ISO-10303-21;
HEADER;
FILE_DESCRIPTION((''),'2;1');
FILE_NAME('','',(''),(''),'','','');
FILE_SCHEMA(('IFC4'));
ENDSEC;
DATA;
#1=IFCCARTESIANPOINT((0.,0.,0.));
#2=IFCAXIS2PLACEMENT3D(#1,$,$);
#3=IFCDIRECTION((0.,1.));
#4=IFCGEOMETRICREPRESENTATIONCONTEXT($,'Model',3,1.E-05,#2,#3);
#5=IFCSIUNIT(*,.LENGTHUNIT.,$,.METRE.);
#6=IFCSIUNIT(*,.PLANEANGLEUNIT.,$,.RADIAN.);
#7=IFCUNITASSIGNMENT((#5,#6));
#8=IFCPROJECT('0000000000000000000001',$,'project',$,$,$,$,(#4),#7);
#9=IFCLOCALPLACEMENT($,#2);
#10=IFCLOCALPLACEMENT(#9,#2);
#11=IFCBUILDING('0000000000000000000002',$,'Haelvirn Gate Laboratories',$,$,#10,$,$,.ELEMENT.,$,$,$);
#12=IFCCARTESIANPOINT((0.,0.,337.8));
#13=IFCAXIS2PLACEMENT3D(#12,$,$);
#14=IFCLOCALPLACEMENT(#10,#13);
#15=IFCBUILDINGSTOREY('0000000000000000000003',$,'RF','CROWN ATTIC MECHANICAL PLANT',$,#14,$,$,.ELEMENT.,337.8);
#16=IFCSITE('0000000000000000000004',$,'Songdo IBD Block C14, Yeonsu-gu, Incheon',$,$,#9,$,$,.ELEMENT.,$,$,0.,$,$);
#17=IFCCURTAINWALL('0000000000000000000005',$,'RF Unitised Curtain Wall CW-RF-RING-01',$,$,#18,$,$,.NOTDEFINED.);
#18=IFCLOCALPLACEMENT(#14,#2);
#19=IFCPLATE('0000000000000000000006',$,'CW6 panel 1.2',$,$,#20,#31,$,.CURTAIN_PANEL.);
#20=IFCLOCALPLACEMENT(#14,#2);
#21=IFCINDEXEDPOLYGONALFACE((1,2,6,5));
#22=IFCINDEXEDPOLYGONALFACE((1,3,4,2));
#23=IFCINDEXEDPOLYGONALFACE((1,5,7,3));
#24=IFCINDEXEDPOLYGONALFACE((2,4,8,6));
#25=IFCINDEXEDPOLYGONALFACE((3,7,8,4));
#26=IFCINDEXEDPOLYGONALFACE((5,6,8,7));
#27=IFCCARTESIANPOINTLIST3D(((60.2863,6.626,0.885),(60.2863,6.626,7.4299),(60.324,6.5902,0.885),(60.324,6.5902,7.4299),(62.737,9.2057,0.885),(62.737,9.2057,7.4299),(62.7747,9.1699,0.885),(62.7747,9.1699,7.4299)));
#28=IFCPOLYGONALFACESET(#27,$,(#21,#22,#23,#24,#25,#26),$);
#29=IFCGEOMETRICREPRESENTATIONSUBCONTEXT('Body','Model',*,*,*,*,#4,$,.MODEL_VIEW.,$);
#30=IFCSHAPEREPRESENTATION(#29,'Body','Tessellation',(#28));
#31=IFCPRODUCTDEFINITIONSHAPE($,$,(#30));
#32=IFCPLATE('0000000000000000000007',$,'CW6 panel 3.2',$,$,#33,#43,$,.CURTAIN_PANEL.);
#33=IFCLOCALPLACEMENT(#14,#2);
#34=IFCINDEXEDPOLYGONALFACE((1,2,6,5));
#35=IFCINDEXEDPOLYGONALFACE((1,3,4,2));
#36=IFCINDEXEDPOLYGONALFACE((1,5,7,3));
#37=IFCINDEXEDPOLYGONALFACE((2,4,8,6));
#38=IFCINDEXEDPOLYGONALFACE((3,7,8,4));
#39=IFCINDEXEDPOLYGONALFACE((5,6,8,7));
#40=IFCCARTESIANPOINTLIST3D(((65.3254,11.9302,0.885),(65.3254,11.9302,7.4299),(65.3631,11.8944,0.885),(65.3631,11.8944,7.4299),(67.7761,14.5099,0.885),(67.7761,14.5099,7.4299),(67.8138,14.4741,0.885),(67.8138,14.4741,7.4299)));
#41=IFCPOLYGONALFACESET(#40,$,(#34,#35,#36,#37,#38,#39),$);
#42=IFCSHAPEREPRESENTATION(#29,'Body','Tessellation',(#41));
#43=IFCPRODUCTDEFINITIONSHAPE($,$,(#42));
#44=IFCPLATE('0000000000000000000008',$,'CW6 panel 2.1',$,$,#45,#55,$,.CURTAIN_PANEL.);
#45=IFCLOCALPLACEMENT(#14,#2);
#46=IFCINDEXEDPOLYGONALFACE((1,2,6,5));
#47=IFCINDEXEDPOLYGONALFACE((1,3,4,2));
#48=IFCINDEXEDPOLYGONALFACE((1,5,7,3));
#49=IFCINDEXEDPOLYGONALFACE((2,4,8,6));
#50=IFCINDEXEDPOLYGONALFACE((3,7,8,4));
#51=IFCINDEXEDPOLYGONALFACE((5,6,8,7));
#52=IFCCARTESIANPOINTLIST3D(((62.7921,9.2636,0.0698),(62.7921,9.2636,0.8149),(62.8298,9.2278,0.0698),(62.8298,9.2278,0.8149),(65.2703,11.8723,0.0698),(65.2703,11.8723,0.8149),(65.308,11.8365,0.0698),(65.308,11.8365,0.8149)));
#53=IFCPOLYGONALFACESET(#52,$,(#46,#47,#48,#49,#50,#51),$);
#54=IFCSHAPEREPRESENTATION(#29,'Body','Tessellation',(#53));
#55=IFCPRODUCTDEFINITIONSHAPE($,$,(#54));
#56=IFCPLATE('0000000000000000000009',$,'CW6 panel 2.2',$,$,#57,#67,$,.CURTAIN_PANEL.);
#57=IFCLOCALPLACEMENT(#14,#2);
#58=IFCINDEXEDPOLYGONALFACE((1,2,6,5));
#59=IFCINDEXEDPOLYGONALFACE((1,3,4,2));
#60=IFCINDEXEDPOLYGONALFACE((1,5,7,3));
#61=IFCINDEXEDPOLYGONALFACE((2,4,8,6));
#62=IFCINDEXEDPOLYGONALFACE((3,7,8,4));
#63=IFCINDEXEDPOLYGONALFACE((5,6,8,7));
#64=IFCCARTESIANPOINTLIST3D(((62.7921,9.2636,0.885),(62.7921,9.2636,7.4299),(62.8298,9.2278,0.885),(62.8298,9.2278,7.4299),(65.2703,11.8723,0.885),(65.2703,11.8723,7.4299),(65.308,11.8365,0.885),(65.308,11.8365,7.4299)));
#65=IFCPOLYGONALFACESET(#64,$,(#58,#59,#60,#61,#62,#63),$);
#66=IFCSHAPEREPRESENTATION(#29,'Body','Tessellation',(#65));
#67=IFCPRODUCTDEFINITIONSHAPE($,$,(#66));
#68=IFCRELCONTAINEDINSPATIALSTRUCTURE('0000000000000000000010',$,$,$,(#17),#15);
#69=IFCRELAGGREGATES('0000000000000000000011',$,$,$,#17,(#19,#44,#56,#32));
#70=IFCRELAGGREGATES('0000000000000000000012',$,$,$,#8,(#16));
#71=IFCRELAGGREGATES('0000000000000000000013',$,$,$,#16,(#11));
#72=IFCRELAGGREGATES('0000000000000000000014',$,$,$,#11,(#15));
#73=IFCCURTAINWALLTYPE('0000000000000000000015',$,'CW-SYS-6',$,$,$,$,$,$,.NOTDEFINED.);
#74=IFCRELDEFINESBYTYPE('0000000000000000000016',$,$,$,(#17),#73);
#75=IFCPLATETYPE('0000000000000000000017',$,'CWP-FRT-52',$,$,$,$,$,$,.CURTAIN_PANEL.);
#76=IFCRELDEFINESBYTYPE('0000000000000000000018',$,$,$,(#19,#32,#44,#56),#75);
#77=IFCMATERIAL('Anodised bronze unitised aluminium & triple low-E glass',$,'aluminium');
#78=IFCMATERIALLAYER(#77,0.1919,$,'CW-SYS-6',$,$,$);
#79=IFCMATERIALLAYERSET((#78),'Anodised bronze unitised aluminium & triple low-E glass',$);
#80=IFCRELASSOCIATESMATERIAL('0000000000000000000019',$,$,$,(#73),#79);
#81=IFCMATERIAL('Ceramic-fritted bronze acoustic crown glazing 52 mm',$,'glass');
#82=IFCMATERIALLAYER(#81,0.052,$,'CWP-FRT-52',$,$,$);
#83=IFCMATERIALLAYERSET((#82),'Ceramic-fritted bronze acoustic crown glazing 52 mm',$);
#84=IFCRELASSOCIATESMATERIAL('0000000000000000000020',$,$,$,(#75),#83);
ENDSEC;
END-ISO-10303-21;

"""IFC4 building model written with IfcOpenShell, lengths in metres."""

from ifc_helpers import new_model, si_unit, direction, frame, origin, origin_2d, place, context, subcontext, project, spatial, rectangle, extrude, source, transform, mapped, material, layer, layer_set, type_object, element, aggregate, save


model = new_model("IFC4")

# Units and contexts
model_context = context("Model", 3, precision=1e-05, world=origin(), true_north=direction((0.0, 1.0)))
body_context = subcontext(model_context, "Body", "Model", "MODEL_VIEW")
ifc_project = project(units=[si_unit("LENGTHUNIT", "METRE"), si_unit("PLANEANGLEUNIT", "RADIAN")], contexts=[model_context])

# Site, building, storey
site_placement = place(None, origin())
site = spatial("IfcSite", under=ifc_project, at=site_placement, Name="Songdo IBD Block C14, Yeonsu-gu, Incheon", CompositionType="ELEMENT", RefElevation=0.0)
building_placement = place(site_placement, origin())
building = spatial("IfcBuilding", under=site, at=building_placement, Name="Haelvirn Gate Laboratories", CompositionType="ELEMENT")
storey_placement = place(building_placement, frame((0.0, 0.0, 337.8)))
storey = spatial("IfcBuildingStorey", under=building, at=storey_placement, Name="RF", Description="CROWN ATTIC MECHANICAL PLANT", CompositionType="ELEMENT", Elevation=337.8)

# Curtain wall
ifc_material_1 = material(Name="Anodised bronze unitised aluminium & triple low-E glass", Category="aluminium")
ifc_layer_1 = layer(ifc_material_1, 0.1919, Name="CW-SYS-6")
ifc_layer_set_1 = layer_set([ifc_layer_1], Name="Anodised bronze unitised aluminium & triple low-E glass")
curtain_wall_type = type_object("IfcCurtainWallType", Name="CW-SYS-6", PredefinedType="NOTDEFINED", material=ifc_layer_set_1)
curtain_wall_1_placement = place(storey_placement, origin())
curtain_wall_1 = element("IfcCurtainWall", 1, at=curtain_wall_1_placement, inside=storey, type_object=curtain_wall_type, Name="RF Unitised Curtain Wall CW-RF-RING-01", PredefinedType="NOTDEFINED")

# Plates
ifc_material_2 = material(Name="Ceramic-fritted bronze acoustic crown glazing 52 mm", Category="glass")
ifc_layer_2 = layer(ifc_material_2, 0.052, Name="CWP-FRT-52")
ifc_layer_set_2 = layer_set([ifc_layer_2], Name="Ceramic-fritted bronze acoustic crown glazing 52 mm")
plate_type_1 = type_object("IfcPlateType", Name="CWP-FRT-52", PredefinedType="CURTAIN_PANEL", material=ifc_layer_set_2)
shared_shape_1 = source(origin(), body_context, "Body", "SweptSolid", [
    extrude(rectangle(XDim=3.5581, YDim=0.052, at=origin_2d()), origin(), (0.0, 0.0, 1.0), 6.5449),
])
plate_1_placement = place(storey_placement, frame((61.5305, 7.8979, 0.885), z_axis=(0.0, 0.0, 1.0), x_axis=(0.688749, 0.724999, 0.0)))
plate_1 = element("IfcPlate", 2, at=plate_1_placement, type_object=plate_type_1, Name="CW6 panel 1.2", PredefinedType="CURTAIN_PANEL", context=body_context, shape_type="MappedRepresentation", body=[
    mapped(shared_shape_1, transform((0.0, 0.0, 0.0), scale=1.0)),
])
plate_2_placement = place(storey_placement, frame((66.5696, 13.2021, 0.885), z_axis=(0.0, 0.0, 1.0), x_axis=(0.688749, 0.724999, 0.0)))
plate_2 = element("IfcPlate", 3, at=plate_2_placement, type_object=plate_type_1, Name="CW6 panel 3.2", PredefinedType="CURTAIN_PANEL", context=body_context, shape_type="MappedRepresentation", body=[
    mapped(shared_shape_1, transform((0.0, 0.0, 0.0), scale=1.0)),
])
shared_shape_2 = source(origin(), body_context, "Body", "SweptSolid", [
    extrude(rectangle(XDim=3.5981, YDim=0.052, at=origin_2d()), origin(), (0.0, 0.0, 1.0), 0.7451),
])
plate_3_placement = place(storey_placement, frame((64.05, 10.55, 0.0698), z_axis=(0.0, 0.0, 1.0), x_axis=(0.688749, 0.724999, 0.0)))
plate_3 = element("IfcPlate", 4, at=plate_3_placement, type_object=plate_type_1, Name="CW6 panel 2.1", PredefinedType="CURTAIN_PANEL", context=body_context, shape_type="MappedRepresentation", body=[
    mapped(shared_shape_2, transform((0.0, 0.0, 0.0), scale=1.0)),
])
shared_shape_3 = source(origin(), body_context, "Body", "SweptSolid", [
    extrude(rectangle(XDim=3.5981, YDim=0.052, at=origin_2d()), origin(), (0.0, 0.0, 1.0), 6.5449),
])
plate_4_placement = place(storey_placement, frame((64.05, 10.55, 0.885), z_axis=(0.0, 0.0, 1.0), x_axis=(0.688749, 0.724999, 0.0)))
plate_4 = element("IfcPlate", 5, at=plate_4_placement, type_object=plate_type_1, Name="CW6 panel 2.2", PredefinedType="CURTAIN_PANEL", context=body_context, shape_type="MappedRepresentation", body=[
    mapped(shared_shape_3, transform((0.0, 0.0, 0.0), scale=1.0)),
])
aggregate(curtain_wall_1, [plate_1, plate_3, plate_4, plate_2])

save(model, "model.ifc")
